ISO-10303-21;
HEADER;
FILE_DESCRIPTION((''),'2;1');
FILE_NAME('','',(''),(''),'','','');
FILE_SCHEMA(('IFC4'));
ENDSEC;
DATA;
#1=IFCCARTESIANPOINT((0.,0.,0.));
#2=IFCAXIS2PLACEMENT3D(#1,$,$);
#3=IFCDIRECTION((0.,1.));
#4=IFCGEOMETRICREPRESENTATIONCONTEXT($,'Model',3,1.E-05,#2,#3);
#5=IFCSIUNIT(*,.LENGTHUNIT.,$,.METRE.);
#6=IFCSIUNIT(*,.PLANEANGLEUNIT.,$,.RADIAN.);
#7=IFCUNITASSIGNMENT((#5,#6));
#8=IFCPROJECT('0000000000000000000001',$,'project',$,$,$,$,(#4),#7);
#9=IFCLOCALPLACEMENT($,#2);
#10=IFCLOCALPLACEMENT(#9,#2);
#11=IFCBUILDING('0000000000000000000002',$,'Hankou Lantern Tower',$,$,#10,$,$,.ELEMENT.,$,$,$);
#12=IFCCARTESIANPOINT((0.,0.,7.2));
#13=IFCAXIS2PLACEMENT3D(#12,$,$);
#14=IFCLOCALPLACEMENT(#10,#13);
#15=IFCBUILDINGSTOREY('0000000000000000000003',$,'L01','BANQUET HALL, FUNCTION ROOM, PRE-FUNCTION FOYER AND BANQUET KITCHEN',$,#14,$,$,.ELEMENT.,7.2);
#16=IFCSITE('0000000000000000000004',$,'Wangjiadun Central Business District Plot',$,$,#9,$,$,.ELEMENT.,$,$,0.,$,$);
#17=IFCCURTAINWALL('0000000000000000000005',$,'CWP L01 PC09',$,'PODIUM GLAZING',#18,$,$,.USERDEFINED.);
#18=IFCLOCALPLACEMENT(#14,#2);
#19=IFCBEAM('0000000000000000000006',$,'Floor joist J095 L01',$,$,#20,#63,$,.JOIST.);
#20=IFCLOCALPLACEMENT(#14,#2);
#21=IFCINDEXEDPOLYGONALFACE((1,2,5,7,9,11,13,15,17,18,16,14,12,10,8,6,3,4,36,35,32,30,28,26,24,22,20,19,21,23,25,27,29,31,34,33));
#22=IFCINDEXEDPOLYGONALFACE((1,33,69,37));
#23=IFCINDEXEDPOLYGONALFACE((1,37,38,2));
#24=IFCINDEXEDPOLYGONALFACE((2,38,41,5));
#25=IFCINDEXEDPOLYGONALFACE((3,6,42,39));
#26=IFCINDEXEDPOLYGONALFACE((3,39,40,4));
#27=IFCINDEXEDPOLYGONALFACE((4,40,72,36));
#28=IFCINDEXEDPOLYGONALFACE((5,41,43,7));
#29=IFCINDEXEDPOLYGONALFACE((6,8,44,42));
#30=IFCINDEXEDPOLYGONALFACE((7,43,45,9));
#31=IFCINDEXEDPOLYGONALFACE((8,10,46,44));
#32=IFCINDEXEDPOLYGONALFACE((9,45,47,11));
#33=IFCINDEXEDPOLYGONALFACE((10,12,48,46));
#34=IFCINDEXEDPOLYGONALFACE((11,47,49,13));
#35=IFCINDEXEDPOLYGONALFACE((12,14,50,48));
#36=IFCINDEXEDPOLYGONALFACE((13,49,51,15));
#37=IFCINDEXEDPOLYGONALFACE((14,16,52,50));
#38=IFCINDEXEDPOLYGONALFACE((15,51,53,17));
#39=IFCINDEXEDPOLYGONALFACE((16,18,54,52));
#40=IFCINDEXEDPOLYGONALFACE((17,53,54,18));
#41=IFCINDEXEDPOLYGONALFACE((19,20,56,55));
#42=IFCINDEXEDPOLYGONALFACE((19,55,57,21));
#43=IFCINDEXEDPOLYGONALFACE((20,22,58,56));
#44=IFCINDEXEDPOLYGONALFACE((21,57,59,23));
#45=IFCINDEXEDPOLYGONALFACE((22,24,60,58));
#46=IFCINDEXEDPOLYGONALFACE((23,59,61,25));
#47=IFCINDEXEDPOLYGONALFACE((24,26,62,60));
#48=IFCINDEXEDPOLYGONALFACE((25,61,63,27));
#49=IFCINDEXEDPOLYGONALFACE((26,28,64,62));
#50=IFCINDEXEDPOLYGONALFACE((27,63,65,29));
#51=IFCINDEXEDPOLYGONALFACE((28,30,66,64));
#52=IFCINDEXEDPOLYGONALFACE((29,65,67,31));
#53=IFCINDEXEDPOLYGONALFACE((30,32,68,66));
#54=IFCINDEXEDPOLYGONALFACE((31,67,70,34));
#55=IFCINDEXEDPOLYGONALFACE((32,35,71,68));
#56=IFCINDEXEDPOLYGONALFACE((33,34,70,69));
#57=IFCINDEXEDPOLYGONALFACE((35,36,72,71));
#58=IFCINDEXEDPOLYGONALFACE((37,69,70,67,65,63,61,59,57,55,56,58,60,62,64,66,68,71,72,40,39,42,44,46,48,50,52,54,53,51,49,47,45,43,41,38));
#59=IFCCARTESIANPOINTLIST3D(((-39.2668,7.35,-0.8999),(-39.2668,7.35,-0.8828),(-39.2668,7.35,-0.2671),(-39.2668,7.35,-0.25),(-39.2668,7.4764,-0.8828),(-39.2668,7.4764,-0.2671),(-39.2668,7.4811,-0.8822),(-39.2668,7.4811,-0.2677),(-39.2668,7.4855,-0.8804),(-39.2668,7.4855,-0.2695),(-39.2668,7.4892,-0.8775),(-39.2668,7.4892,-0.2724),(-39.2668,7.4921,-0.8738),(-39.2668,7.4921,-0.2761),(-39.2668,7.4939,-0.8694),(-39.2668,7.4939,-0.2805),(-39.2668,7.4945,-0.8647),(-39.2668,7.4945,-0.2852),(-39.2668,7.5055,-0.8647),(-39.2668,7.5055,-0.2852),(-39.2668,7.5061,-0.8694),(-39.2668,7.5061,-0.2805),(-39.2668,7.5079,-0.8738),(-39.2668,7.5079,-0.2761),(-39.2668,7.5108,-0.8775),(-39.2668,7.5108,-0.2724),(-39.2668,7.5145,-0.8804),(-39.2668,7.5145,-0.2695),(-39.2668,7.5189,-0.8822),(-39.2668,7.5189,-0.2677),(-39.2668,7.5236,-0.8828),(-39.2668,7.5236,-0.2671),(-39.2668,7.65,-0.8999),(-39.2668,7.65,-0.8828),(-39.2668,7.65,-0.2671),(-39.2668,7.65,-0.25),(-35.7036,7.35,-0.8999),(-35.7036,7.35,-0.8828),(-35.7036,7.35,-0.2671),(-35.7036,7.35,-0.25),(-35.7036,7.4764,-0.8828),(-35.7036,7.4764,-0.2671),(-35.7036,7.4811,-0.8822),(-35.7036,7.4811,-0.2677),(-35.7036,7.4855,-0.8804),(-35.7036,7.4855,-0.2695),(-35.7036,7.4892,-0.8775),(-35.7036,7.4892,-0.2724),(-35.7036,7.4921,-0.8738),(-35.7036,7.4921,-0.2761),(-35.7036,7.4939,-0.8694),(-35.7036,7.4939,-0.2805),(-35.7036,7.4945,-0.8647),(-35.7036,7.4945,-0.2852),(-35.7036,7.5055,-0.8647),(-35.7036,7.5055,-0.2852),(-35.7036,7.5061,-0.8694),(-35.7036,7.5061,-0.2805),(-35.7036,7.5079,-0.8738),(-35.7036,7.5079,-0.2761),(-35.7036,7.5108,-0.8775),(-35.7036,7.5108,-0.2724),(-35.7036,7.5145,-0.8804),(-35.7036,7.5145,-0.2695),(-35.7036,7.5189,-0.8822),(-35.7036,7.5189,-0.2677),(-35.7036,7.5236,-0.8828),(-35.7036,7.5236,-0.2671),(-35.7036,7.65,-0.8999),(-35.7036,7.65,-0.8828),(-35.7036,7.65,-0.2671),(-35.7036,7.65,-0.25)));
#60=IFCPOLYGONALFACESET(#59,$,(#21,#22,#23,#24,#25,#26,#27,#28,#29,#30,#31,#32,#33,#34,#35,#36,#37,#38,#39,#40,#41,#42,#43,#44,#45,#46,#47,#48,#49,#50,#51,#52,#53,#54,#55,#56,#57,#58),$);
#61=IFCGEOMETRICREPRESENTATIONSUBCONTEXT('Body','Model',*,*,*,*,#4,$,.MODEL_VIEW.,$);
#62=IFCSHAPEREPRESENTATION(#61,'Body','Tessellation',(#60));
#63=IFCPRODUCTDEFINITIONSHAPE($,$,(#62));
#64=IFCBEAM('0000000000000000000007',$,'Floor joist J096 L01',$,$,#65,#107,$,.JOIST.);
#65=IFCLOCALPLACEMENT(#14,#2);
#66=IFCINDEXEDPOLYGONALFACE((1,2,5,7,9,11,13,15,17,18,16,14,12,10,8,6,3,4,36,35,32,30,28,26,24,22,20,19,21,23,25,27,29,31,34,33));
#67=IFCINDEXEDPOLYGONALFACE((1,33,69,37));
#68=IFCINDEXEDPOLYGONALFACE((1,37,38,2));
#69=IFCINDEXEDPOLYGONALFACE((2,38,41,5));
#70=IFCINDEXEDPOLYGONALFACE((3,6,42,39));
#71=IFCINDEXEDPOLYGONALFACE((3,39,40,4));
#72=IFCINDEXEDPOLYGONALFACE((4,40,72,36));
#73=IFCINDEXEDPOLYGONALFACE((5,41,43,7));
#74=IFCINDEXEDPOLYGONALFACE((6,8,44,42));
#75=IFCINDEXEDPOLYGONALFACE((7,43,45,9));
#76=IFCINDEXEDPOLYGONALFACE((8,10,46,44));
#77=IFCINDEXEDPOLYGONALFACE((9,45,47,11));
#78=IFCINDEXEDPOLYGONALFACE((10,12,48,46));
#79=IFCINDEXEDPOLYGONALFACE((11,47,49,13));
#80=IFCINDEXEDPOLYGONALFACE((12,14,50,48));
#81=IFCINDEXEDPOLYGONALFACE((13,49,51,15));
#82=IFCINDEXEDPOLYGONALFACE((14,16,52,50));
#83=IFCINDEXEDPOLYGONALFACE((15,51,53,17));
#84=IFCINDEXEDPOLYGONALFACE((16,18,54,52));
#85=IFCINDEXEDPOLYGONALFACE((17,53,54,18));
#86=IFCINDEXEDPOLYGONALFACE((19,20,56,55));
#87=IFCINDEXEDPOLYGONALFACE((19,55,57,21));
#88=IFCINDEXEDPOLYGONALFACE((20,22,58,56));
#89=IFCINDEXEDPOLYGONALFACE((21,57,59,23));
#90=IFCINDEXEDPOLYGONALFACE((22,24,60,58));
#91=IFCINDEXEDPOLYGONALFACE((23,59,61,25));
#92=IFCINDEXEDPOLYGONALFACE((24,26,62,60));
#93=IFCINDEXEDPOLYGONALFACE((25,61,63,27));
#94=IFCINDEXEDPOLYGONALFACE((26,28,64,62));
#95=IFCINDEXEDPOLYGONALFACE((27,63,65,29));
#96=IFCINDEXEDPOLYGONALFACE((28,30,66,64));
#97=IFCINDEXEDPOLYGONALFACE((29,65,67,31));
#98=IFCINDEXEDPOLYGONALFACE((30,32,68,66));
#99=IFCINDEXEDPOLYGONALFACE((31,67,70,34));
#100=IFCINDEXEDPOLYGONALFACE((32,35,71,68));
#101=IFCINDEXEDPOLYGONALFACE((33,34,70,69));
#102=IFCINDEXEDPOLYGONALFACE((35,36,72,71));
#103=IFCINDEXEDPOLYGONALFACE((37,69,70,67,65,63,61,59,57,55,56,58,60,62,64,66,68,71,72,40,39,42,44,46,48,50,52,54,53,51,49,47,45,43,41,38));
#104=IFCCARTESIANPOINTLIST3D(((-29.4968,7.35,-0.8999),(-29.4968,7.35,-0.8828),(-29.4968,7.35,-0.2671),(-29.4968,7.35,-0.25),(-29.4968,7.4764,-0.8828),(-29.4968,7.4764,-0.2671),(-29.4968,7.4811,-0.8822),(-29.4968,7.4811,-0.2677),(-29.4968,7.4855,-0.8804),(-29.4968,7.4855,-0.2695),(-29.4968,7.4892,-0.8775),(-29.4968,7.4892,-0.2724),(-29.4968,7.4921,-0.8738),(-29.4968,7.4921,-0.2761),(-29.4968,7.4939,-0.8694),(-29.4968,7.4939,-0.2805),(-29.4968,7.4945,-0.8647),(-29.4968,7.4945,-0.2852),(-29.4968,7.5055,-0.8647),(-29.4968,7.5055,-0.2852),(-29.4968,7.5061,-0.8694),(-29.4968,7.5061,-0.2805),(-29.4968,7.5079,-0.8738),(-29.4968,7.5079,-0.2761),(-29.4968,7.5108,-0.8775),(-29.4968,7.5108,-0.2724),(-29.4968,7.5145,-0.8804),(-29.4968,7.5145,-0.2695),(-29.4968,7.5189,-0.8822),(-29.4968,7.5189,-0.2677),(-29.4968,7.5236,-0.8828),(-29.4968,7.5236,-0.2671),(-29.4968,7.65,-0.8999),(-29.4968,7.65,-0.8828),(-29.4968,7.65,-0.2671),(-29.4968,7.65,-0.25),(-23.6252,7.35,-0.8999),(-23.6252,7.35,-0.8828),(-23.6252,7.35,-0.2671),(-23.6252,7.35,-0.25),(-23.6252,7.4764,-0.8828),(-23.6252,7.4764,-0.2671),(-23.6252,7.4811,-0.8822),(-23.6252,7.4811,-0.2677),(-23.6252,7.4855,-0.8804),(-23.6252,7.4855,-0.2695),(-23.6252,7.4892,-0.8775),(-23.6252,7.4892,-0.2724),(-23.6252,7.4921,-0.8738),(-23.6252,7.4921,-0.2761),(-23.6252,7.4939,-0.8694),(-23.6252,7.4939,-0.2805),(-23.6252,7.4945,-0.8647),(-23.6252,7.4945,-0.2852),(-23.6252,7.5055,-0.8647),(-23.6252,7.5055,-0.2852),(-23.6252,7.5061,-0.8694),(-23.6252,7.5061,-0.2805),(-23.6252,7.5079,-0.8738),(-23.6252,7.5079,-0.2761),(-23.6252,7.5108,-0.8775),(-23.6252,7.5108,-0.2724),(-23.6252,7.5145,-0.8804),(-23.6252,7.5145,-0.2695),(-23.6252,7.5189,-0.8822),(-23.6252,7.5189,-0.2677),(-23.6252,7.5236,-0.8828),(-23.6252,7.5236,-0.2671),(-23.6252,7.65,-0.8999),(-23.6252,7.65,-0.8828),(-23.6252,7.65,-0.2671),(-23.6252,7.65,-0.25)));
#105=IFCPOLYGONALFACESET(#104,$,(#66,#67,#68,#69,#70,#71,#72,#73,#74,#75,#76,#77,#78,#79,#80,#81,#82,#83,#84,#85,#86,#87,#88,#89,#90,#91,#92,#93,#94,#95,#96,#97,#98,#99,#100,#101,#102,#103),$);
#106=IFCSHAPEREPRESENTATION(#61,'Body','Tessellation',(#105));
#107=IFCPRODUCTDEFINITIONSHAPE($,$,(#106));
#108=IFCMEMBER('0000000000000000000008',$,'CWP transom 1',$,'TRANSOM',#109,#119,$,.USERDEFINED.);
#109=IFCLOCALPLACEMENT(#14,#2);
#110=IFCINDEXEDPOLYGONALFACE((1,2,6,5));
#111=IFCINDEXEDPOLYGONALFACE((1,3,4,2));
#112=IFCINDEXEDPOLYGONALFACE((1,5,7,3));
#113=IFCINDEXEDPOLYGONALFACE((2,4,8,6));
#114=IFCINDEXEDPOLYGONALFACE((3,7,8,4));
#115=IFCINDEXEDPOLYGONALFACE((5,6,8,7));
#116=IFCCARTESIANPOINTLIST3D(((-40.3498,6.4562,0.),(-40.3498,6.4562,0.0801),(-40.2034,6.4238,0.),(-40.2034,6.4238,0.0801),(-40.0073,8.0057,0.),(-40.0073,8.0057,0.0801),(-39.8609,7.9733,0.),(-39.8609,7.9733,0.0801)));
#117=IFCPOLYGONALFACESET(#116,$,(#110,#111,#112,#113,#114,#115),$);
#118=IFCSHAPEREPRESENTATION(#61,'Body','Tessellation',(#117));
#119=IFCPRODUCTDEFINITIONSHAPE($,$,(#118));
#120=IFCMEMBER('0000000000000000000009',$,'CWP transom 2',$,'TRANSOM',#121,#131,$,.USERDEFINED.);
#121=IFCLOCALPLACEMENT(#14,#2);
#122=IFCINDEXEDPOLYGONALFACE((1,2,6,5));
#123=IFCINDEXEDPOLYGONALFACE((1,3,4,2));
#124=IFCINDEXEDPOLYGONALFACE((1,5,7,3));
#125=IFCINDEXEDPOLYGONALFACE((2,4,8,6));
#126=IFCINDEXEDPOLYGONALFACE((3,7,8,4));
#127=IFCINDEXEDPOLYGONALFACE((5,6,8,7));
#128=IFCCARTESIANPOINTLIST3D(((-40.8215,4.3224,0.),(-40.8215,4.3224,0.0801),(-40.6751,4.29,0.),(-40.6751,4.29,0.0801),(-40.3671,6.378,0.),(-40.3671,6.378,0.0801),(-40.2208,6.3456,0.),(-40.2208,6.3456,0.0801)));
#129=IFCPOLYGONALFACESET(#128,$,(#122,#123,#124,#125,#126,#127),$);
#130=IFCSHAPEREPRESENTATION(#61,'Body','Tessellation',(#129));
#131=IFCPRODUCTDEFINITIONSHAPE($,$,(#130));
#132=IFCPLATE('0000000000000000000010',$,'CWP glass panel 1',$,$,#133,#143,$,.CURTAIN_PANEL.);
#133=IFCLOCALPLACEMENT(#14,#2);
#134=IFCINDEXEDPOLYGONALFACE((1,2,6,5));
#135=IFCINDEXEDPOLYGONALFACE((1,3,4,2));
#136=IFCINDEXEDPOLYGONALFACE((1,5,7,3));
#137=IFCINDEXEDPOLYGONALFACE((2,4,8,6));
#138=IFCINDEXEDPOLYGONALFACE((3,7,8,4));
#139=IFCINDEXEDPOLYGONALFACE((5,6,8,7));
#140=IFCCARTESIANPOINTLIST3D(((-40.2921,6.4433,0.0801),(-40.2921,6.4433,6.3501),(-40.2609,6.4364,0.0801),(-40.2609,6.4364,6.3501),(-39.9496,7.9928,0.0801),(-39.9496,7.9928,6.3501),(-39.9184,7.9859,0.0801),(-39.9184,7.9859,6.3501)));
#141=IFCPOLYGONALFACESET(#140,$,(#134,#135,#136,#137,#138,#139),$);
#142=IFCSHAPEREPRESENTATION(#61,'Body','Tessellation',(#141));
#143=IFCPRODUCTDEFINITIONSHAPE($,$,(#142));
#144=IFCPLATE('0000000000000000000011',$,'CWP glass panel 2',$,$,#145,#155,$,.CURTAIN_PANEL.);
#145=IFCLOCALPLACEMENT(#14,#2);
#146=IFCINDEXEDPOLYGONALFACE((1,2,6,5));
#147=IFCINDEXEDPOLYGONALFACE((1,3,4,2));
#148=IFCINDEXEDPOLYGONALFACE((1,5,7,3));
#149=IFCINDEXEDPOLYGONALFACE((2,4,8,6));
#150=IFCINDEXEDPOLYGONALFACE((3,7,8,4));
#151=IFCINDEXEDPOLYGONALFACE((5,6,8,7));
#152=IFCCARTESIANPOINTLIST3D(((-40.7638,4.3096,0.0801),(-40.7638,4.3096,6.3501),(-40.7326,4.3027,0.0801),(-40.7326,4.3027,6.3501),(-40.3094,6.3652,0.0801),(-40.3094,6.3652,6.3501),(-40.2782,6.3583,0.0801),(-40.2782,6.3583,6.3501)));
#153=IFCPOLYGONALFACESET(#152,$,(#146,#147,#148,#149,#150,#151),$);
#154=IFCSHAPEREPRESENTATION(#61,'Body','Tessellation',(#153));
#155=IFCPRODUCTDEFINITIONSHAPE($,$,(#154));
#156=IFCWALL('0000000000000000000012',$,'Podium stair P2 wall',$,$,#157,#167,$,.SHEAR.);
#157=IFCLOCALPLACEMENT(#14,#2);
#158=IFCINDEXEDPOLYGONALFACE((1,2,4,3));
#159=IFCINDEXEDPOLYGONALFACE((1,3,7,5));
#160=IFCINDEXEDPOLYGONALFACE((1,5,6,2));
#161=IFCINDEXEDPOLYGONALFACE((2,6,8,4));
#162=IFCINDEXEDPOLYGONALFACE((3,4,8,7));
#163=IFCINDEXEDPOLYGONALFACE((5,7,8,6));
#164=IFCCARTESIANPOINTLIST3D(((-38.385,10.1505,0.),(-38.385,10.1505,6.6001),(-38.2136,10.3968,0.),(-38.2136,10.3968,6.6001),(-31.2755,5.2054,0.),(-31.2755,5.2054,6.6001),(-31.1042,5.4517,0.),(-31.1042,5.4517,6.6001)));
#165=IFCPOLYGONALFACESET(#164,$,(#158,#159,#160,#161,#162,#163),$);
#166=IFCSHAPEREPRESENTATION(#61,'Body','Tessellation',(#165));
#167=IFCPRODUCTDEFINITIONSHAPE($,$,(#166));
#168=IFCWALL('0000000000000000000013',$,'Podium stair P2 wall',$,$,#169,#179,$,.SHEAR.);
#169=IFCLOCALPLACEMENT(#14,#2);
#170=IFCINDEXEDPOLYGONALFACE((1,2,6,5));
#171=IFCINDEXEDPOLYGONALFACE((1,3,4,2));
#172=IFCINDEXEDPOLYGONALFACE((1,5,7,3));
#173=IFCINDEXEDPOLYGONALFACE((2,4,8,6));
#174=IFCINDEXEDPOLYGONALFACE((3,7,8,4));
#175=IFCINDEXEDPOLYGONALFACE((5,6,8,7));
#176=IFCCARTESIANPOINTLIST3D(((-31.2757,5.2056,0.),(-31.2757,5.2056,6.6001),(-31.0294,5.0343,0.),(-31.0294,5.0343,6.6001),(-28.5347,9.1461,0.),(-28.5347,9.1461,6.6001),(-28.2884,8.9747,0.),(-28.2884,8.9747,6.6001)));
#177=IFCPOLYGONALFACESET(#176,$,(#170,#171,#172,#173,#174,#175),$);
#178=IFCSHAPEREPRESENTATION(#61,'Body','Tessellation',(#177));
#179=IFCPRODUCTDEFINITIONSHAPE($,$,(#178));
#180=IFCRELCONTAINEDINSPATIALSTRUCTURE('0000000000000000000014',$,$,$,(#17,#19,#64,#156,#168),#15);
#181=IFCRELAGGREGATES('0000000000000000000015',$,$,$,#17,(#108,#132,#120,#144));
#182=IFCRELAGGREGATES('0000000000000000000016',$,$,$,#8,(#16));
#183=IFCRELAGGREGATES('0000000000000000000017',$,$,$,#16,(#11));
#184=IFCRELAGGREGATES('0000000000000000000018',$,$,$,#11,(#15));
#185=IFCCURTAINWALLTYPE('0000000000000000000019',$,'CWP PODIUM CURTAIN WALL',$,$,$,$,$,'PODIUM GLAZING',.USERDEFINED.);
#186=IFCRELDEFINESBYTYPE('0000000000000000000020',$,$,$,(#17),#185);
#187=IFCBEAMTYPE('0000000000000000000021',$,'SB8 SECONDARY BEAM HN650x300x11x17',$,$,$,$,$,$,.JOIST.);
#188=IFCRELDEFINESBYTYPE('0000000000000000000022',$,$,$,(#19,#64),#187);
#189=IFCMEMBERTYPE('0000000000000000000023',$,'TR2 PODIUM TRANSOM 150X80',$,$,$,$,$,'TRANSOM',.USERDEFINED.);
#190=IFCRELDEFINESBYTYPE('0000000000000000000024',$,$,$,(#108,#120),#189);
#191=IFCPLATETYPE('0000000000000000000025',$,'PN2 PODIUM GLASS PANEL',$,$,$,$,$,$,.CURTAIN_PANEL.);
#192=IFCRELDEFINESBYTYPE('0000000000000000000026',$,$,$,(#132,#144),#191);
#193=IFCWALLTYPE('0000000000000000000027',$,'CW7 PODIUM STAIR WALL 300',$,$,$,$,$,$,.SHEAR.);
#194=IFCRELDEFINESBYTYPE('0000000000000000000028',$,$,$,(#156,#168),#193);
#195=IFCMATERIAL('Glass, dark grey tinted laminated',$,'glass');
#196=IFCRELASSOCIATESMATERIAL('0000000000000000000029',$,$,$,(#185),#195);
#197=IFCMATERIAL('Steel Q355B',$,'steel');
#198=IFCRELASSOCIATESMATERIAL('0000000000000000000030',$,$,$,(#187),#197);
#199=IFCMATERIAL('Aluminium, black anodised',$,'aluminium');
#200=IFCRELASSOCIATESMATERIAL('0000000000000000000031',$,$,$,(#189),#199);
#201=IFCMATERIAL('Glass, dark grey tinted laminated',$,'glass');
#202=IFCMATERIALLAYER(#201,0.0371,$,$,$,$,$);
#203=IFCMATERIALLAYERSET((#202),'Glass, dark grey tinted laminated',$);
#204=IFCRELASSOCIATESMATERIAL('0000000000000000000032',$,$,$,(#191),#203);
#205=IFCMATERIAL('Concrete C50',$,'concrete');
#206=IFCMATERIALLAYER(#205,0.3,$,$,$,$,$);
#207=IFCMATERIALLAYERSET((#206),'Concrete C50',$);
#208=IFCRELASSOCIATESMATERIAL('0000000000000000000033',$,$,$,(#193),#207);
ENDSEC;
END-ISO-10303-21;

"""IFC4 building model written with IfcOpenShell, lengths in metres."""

from ifc_helpers import new_model, si_unit, direction, frame, frame_2d, origin, origin_2d, place, context, subcontext, project, spatial, rectangle, i_section, extrude, material, layer, layer_set, material_profile, profile_set, type_object, element, aggregate, save


model = new_model("IFC4")

# Units and contexts
model_context = context("Model", 3, precision=1e-05, world=origin(), true_north=direction((0.0, 1.0)))
body_context = subcontext(model_context, "Body", "Model", "MODEL_VIEW")
ifc_project = project(units=[si_unit("LENGTHUNIT", "METRE"), si_unit("PLANEANGLEUNIT", "RADIAN")], contexts=[model_context])

# Site, building, storey
site_placement = place(None, origin())
site = spatial("IfcSite", under=ifc_project, at=site_placement, Name="Wangjiadun Central Business District Plot", CompositionType="ELEMENT", RefElevation=0.0)
building_placement = place(site_placement, origin())
building = spatial("IfcBuilding", under=site, at=building_placement, Name="Hankou Lantern Tower", CompositionType="ELEMENT")
storey_placement = place(building_placement, frame((0.0, 0.0, 7.2)))
storey = spatial("IfcBuildingStorey", under=building, at=storey_placement, Name="L01", Description="BANQUET HALL, FUNCTION ROOM, PRE-FUNCTION FOYER AND BANQUET KITCHEN", CompositionType="ELEMENT", Elevation=7.2)

# Curtain wall
ifc_material_1 = material(Name="Glass, dark grey tinted laminated", Category="glass")
curtain_wall_type = type_object("IfcCurtainWallType", Name="CWP PODIUM CURTAIN WALL", ElementType="PODIUM GLAZING", PredefinedType="USERDEFINED", material=ifc_material_1)
curtain_wall_placement = place(storey_placement, origin())
curtain_wall = element("IfcCurtainWall", 1, at=curtain_wall_placement, inside=storey, type_object=curtain_wall_type, Name="CWP L01 PC09", ObjectType="PODIUM GLAZING", PredefinedType="USERDEFINED")

# Beams
ifc_material_2 = material(Name="Steel Q355B", Category="steel")
ifc_material_profile_1 = material_profile(ifc_material_2, i_section(OverallWidth=0.3, OverallDepth=0.6499, WebThickness=0.011, FlangeThickness=0.0171, FilletRadius=0.0181, at=origin_2d()), Name="HN650x300x11x17")
ifc_profile_set_1 = profile_set([ifc_material_profile_1], Name="Steel Q355B")
beam_type_1 = type_object("IfcBeamType", Name="SB8 SECONDARY BEAM HN650x300x11x17", PredefinedType="JOIST", material=ifc_profile_set_1)
beam_1_placement = place(storey_placement, frame((-39.2668, 7.5, -0.575), z_axis=(1.0, 0.0, 0.0), x_axis=(0.0, 1.0, 0.0)))
element("IfcBeam", 2, at=beam_1_placement, inside=storey, type_object=beam_type_1, Name="Floor joist J095 L01", PredefinedType="JOIST", context=body_context, shape_type="SweptSolid", body=[
    extrude(i_section(OverallWidth=0.3, OverallDepth=0.6499, WebThickness=0.011, FlangeThickness=0.0171, FilletRadius=0.0181, at=origin_2d()), origin(), (0.0, 0.0, 1.0), 3.5632),
])
beam_2_placement = place(storey_placement, frame((-29.4968, 7.5, -0.575), z_axis=(1.0, 0.0, 0.0), x_axis=(0.0, 1.0, 0.0)))
element("IfcBeam", 3, at=beam_2_placement, inside=storey, type_object=beam_type_1, Name="Floor joist J096 L01", PredefinedType="JOIST", context=body_context, shape_type="SweptSolid", body=[
    extrude(i_section(OverallWidth=0.3, OverallDepth=0.6499, WebThickness=0.011, FlangeThickness=0.0171, FilletRadius=0.0181, at=origin_2d()), origin(), (0.0, 0.0, 1.0), 5.8716),
])

# Members
ifc_material_3 = material(Name="Aluminium, black anodised", Category="aluminium")
ifc_material_profile_2 = material_profile(ifc_material_3, rectangle(XDim=0.1499, YDim=0.0801, at=origin_2d()), Name="TR2 150X80")
ifc_profile_set_2 = profile_set([ifc_material_profile_2], Name="Aluminium, black anodised")
member_type_1 = type_object("IfcMemberType", Name="TR2 PODIUM TRANSOM 150X80", ElementType="TRANSOM", PredefinedType="USERDEFINED", material=ifc_profile_set_2)
member_1_placement = place(storey_placement, frame((-39.9341, 7.9895, 0.04), z_axis=(-0.215839, -0.976429, 0.0), x_axis=(0.976429, -0.215839, 0.0)))
member_1 = element("IfcMember", 4, at=member_1_placement, type_object=member_type_1, Name="CWP transom 1", ObjectType="TRANSOM", PredefinedType="USERDEFINED", context=body_context, shape_type="SweptSolid", body=[
    extrude(rectangle(XDim=0.1499, YDim=0.0801, at=origin_2d()), origin(), (0.0, 0.0, 1.0), 1.5869),
])
member_2_placement = place(storey_placement, frame((-40.2939, 6.3618, 0.04), z_axis=(-0.215813, -0.976435, 0.0), x_axis=(0.976435, -0.215813, 0.0)))
member_2 = element("IfcMember", 5, at=member_2_placement, type_object=member_type_1, Name="CWP transom 2", ObjectType="TRANSOM", PredefinedType="USERDEFINED", context=body_context, shape_type="SweptSolid", body=[
    extrude(rectangle(XDim=0.1499, YDim=0.0801, at=origin_2d()), origin(), (0.0, 0.0, 1.0), 2.1052),
])

# Plates
ifc_material_4 = material(Name="Glass, dark grey tinted laminated", Category="glass")
ifc_layer_1 = layer(ifc_material_4, 0.0371)
ifc_layer_set_1 = layer_set([ifc_layer_1], Name="Glass, dark grey tinted laminated")
plate_type = type_object("IfcPlateType", Name="PN2 PODIUM GLASS PANEL", PredefinedType="CURTAIN_PANEL", material=ifc_layer_set_1)
plate_1_placement = place(storey_placement, frame((-40.1052, 7.2146, 0.0801), z_axis=(0.0, 0.0, 1.0), x_axis=(-0.215821, -0.976433, 0.0)))
plate_1 = element("IfcPlate", 6, at=plate_1_placement, type_object=plate_type, Name="CWP glass panel 1", PredefinedType="CURTAIN_PANEL", context=body_context, shape_type="SweptSolid", body=[
    extrude(rectangle(XDim=1.5869, YDim=0.032, at=origin_2d()), origin(), (0.0, 0.0, 1.0), 6.27),
])
plate_2_placement = place(storey_placement, frame((-40.521, 5.334, 0.0801), z_axis=(0.0, 0.0, 1.0), x_axis=(-0.215821, -0.976433, 0.0)))
plate_2 = element("IfcPlate", 7, at=plate_2_placement, type_object=plate_type, Name="CWP glass panel 2", PredefinedType="CURTAIN_PANEL", context=body_context, shape_type="SweptSolid", body=[
    extrude(rectangle(XDim=2.1052, YDim=0.032, at=origin_2d()), origin(), (0.0, 0.0, 1.0), 6.27),
])
aggregate(curtain_wall, [member_1, plate_1, member_2, plate_2])

# Walls
ifc_material_5 = material(Name="Concrete C50", Category="concrete")
ifc_layer_2 = layer(ifc_material_5, 0.3)
ifc_layer_set_2 = layer_set([ifc_layer_2], Name="Concrete C50")
wall_type = type_object("IfcWallType", Name="CW7 PODIUM STAIR WALL 300", PredefinedType="SHEAR", material=ifc_layer_set_2)
wall_1_placement = place(storey_placement, frame((-38.2993, 10.2737, 0.0), z_axis=(0.0, 0.0, 1.0), x_axis=(0.820937, -0.571019, 0.0)))
element("IfcWall", 8, at=wall_1_placement, inside=storey, type_object=wall_type, Name="Podium stair P2 wall", PredefinedType="SHEAR", context=body_context, shape_type="SweptSolid", body=[
    extrude(rectangle(XDim=8.6602, YDim=0.3, at=frame_2d((4.3301, 0.0))), origin(), (0.0, 0.0, 1.0), 6.6001),
])
wall_2_placement = place(storey_placement, frame((-28.4116, 9.0603, 0.0), z_axis=(0.0, 0.0, 1.0), x_axis=(-0.571036, -0.820925, 0.0)))
element("IfcWall", 9, at=wall_2_placement, inside=storey, type_object=wall_type, Name="Podium stair P2 wall", PredefinedType="SHEAR", context=body_context, shape_type="SweptSolid", body=[
    extrude(rectangle(XDim=4.8, YDim=0.3, at=frame_2d((2.3999, 0.0))), origin(), (0.0, 0.0, 1.0), 6.6001),
])

save(model, "model.ifc")
